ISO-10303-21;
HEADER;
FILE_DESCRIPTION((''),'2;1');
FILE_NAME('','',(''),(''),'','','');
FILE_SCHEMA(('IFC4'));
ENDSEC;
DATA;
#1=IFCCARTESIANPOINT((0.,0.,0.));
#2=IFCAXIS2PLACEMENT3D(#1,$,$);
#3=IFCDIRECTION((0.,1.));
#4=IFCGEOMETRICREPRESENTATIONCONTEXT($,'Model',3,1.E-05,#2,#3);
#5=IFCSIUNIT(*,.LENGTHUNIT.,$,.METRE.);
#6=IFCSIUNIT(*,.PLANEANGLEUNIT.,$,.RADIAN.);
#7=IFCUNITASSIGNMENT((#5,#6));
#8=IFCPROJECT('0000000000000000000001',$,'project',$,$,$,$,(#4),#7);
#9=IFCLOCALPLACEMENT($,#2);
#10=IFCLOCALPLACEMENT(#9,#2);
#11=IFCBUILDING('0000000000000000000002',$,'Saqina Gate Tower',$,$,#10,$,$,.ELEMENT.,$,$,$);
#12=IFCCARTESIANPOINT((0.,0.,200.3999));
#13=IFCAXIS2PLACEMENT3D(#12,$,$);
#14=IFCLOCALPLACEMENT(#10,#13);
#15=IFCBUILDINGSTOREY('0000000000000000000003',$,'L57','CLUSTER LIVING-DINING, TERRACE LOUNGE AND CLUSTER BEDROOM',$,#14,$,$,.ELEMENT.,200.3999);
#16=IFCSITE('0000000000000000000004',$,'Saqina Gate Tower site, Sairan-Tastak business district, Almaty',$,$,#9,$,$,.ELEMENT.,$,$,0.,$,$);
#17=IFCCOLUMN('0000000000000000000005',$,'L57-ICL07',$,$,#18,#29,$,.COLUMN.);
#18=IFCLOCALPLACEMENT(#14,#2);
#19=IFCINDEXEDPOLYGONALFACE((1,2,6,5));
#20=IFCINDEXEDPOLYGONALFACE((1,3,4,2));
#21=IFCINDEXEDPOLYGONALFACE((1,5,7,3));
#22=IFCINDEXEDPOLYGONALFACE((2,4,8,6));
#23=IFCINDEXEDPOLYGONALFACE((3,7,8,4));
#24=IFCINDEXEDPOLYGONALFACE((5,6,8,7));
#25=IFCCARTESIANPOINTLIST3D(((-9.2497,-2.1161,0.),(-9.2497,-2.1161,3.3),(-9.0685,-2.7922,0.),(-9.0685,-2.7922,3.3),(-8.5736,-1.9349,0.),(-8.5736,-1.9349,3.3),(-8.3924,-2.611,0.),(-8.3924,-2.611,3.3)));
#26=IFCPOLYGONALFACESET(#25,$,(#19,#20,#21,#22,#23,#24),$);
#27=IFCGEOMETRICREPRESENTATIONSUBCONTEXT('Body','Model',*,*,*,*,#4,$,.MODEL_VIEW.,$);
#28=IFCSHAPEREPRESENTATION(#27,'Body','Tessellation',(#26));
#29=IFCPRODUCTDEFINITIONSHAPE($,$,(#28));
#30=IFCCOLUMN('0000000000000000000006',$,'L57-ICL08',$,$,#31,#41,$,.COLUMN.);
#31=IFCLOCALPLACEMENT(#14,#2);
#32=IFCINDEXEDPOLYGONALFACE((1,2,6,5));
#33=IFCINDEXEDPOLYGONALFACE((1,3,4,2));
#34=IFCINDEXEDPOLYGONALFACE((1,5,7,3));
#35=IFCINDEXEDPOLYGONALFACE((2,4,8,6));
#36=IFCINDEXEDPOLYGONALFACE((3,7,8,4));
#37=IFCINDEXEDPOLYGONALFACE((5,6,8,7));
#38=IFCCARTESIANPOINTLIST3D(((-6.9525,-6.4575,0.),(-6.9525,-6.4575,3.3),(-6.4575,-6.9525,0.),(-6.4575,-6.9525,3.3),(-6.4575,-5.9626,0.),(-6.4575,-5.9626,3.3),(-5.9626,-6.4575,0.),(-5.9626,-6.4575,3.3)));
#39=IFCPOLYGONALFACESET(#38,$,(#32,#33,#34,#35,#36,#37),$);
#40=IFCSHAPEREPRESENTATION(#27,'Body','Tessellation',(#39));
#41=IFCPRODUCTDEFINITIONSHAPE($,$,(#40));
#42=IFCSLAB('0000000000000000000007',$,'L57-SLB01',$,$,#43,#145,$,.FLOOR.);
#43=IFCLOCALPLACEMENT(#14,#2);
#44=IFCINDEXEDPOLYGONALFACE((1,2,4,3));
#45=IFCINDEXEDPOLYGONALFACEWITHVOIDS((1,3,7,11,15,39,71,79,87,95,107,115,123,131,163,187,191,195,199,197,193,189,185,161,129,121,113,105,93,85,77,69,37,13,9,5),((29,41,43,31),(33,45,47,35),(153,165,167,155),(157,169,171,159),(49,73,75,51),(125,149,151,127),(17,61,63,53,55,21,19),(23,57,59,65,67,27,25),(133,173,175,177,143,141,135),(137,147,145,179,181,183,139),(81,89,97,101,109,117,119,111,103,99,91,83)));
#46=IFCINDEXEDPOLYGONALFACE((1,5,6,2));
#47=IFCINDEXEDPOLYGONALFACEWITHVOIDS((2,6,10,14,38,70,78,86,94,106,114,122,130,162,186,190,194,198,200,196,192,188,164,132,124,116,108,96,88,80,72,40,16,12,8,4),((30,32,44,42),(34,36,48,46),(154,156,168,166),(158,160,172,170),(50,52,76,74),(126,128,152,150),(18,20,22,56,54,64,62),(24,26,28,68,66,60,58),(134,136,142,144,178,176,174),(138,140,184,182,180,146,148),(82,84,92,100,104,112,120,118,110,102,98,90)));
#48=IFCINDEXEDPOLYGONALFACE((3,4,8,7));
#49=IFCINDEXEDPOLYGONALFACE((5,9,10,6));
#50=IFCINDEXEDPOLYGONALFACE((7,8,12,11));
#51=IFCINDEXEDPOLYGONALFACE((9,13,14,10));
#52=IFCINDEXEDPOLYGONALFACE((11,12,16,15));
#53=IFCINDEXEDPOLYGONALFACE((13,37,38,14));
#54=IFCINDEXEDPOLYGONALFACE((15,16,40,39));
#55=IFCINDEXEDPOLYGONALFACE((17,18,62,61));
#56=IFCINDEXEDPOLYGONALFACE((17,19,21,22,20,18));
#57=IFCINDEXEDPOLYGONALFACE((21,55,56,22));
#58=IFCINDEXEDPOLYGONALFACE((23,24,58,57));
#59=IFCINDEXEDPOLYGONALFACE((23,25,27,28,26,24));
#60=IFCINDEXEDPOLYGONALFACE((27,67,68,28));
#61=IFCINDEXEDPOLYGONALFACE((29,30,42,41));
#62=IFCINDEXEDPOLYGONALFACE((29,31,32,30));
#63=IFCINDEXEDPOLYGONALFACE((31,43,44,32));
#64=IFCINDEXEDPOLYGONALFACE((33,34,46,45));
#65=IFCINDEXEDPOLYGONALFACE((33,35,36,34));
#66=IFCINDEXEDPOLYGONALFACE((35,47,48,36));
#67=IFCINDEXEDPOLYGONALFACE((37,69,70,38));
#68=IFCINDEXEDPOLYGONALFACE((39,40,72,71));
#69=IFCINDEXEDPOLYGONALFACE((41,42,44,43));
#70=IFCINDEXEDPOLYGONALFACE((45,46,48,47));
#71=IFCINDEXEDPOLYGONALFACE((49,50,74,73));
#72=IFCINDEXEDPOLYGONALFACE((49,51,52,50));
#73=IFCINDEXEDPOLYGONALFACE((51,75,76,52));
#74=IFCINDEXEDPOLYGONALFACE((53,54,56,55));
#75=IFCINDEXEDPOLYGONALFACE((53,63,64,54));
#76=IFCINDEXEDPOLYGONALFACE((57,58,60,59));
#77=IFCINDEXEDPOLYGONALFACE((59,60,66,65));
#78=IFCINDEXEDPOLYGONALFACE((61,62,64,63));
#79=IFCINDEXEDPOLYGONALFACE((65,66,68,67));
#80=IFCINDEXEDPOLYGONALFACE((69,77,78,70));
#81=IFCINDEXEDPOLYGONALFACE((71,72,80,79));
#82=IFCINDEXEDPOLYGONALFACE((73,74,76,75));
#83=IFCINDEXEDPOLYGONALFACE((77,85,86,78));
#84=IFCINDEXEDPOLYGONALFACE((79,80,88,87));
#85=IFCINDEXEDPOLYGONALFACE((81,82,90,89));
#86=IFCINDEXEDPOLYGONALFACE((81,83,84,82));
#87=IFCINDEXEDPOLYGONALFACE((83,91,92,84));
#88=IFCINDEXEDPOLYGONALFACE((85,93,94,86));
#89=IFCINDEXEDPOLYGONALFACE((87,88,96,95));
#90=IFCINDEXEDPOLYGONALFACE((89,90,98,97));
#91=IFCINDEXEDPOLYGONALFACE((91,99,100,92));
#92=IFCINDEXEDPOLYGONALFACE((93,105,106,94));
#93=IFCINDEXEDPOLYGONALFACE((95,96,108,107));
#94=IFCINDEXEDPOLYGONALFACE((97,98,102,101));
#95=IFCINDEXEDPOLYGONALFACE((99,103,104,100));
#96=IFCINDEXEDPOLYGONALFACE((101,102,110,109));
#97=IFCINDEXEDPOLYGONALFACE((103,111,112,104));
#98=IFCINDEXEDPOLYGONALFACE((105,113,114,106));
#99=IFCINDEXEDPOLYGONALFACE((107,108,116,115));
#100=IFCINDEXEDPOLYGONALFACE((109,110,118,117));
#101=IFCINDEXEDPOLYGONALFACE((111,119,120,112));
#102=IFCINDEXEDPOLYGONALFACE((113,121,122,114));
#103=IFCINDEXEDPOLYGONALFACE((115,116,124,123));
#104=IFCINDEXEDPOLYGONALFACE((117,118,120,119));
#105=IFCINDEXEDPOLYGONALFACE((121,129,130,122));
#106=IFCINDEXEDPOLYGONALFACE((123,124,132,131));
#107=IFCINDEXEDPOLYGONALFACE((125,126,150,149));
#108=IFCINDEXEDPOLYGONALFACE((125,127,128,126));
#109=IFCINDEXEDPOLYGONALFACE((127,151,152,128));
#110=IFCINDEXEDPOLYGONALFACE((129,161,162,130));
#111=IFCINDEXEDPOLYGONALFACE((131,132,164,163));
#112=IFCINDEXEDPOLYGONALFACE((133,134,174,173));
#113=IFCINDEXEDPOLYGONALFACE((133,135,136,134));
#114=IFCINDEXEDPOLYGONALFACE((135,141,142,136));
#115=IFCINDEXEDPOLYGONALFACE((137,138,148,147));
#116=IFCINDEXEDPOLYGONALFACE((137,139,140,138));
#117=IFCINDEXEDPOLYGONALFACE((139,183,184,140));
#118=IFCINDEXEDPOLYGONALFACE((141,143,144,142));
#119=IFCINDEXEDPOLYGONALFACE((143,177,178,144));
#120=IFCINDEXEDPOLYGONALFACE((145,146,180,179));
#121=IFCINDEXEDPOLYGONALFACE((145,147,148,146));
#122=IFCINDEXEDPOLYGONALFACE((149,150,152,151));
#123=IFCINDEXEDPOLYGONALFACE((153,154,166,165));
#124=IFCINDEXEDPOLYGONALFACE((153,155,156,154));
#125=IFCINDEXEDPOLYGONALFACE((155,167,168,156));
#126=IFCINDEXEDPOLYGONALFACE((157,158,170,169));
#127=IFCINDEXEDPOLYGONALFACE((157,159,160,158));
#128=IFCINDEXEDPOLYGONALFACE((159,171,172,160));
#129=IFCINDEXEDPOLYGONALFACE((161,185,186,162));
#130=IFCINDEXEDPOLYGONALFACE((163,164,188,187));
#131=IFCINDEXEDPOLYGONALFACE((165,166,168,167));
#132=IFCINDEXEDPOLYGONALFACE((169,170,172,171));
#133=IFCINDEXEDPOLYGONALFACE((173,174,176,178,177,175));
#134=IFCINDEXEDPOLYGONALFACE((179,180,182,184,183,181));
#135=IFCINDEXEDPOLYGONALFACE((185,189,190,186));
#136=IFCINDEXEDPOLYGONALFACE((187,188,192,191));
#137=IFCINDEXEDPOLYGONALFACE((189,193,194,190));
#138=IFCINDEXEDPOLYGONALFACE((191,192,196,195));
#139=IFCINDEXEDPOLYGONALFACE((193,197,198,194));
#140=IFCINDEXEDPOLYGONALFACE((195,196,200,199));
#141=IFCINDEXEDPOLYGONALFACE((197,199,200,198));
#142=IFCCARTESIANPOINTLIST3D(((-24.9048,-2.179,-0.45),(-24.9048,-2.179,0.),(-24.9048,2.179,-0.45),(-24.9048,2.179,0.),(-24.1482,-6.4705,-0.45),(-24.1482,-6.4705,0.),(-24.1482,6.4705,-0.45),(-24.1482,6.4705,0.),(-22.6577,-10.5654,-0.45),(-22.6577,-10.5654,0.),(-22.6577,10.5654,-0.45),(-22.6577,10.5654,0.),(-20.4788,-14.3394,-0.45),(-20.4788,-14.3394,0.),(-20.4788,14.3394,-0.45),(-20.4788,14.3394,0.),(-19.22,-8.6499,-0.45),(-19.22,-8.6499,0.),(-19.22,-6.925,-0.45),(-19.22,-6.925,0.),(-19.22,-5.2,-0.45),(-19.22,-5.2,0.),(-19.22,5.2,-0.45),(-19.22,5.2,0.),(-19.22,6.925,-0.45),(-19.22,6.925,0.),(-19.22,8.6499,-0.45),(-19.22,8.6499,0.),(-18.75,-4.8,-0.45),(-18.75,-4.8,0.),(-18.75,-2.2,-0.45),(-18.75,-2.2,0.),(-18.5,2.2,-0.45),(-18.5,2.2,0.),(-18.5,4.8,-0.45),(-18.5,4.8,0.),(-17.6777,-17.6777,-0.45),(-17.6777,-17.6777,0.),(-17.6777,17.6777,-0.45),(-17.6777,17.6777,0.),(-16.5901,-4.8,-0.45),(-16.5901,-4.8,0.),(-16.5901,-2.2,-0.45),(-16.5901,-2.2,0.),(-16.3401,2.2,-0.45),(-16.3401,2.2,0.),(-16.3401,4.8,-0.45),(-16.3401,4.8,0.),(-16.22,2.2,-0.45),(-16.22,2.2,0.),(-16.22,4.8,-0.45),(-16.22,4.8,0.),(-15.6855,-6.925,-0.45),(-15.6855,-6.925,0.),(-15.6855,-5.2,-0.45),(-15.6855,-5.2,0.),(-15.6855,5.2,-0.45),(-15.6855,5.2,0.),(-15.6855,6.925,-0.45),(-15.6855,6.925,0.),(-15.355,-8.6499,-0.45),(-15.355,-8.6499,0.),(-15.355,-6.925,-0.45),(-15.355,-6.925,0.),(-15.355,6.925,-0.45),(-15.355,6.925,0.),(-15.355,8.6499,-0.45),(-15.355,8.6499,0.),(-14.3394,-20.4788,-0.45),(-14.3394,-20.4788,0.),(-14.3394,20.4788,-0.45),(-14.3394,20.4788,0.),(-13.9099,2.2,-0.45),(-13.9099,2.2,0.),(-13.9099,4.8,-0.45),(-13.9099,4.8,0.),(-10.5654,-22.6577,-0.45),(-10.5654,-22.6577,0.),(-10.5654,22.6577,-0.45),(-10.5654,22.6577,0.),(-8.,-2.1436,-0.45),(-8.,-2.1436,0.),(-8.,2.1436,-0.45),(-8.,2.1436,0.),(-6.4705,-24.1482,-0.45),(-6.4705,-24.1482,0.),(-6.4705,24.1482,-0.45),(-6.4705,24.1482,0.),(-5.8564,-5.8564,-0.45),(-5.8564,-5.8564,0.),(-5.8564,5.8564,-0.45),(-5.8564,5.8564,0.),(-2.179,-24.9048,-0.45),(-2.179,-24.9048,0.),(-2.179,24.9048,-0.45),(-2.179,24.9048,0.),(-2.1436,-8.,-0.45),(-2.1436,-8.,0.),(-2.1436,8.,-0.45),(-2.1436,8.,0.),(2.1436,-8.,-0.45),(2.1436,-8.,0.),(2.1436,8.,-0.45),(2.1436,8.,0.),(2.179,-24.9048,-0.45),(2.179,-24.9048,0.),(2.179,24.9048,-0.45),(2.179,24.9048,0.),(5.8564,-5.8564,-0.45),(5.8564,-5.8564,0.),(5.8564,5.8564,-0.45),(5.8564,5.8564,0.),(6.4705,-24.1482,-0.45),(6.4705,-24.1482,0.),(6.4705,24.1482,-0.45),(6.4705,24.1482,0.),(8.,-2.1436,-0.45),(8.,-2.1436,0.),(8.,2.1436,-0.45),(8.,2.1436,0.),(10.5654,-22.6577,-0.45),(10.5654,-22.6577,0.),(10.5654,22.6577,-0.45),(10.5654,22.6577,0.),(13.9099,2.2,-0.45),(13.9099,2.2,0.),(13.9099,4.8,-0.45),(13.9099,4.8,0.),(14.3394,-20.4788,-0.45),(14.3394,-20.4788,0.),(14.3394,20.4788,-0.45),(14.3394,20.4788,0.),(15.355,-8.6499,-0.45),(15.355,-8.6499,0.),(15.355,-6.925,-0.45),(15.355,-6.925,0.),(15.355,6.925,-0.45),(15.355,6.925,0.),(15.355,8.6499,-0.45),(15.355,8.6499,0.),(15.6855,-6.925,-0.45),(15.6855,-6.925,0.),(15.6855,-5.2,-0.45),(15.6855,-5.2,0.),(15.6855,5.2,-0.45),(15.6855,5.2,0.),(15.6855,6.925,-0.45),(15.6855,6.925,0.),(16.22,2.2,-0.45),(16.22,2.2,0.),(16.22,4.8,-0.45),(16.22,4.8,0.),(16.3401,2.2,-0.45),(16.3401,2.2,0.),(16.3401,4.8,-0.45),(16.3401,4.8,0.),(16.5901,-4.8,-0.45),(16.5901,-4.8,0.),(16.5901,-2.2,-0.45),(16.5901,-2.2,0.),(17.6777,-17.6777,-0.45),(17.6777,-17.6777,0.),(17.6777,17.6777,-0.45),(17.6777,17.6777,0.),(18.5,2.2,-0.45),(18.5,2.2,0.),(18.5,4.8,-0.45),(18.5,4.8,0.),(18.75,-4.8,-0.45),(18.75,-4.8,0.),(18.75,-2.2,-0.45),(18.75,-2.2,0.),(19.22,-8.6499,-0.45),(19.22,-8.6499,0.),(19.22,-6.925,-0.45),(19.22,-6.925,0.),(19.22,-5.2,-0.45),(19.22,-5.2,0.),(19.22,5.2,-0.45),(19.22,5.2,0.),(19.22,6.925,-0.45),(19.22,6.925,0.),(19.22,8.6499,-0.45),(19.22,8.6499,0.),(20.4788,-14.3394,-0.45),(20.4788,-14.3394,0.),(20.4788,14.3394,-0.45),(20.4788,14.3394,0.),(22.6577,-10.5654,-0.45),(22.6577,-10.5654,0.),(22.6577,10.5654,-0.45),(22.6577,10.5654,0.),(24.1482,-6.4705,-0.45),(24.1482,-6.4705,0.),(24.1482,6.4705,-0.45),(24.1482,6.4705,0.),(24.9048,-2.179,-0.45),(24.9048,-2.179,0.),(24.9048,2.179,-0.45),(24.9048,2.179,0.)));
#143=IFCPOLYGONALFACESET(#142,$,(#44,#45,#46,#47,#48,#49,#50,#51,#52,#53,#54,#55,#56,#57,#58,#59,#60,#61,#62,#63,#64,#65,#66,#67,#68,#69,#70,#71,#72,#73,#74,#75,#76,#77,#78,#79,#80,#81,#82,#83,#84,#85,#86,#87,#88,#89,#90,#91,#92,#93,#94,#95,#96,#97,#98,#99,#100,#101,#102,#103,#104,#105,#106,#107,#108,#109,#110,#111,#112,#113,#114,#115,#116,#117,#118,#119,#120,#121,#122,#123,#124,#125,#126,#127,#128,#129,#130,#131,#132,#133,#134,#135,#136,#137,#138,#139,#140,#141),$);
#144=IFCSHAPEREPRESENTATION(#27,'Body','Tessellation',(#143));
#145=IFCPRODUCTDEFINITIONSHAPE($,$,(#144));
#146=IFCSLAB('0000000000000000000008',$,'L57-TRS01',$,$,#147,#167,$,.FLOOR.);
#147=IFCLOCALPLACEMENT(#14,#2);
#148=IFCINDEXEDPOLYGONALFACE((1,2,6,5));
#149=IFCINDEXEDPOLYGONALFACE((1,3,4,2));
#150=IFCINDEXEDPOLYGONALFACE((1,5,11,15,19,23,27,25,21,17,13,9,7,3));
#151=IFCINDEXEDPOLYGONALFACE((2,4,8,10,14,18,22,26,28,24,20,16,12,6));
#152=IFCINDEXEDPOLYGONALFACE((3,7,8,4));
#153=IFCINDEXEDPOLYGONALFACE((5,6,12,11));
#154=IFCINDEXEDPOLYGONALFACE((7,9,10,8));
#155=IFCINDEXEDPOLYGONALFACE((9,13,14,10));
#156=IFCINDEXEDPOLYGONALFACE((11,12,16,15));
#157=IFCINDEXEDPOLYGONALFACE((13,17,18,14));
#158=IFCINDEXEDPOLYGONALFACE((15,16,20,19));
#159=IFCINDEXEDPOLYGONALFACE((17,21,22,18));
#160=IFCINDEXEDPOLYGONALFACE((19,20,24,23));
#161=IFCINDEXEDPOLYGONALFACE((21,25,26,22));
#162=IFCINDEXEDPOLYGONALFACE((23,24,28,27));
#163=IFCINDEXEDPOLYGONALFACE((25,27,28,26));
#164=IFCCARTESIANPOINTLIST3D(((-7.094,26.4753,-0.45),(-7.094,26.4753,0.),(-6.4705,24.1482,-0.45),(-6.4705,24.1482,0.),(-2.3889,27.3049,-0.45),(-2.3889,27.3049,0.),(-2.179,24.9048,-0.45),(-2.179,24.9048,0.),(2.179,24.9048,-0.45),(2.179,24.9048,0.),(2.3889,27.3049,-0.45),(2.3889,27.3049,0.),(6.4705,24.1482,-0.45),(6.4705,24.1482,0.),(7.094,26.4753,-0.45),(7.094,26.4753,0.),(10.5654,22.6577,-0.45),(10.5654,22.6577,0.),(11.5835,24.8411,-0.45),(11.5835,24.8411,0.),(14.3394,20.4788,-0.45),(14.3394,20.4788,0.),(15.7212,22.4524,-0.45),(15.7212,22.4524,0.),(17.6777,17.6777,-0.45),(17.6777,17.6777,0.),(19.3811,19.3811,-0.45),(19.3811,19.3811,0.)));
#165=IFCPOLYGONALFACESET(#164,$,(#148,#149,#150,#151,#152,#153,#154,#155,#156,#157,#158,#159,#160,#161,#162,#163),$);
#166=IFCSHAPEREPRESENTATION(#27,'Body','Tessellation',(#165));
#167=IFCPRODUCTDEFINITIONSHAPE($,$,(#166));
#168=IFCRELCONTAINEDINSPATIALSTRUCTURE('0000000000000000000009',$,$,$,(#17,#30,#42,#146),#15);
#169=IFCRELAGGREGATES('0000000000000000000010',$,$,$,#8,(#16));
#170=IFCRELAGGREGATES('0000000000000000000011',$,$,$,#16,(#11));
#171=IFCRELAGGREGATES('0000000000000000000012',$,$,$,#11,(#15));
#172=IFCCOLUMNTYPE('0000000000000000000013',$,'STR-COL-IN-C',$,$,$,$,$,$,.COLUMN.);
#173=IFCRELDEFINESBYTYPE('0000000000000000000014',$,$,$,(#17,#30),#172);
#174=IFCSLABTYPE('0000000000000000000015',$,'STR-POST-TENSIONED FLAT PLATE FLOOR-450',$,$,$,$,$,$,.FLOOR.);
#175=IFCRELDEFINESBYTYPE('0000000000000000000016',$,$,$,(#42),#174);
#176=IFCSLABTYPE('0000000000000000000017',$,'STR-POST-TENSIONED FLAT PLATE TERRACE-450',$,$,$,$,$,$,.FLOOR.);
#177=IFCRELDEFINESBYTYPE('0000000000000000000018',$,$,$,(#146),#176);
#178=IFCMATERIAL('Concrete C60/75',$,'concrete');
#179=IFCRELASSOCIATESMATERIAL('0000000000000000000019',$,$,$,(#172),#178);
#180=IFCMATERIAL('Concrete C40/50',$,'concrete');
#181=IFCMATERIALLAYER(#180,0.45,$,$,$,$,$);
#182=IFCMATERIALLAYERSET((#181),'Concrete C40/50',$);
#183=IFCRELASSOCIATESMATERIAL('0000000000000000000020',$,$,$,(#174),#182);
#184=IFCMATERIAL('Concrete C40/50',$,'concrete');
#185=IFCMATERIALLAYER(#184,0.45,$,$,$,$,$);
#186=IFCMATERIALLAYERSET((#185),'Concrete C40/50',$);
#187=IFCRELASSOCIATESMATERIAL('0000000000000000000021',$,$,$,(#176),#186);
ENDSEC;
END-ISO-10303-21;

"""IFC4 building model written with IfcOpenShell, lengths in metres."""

from ifc_helpers import new_model, si_unit, direction, frame, origin, origin_2d, place, context, subcontext, project, spatial, polyline, rectangle, outline, extrude, material, layer, layer_set, material_profile, profile_set, type_object, element, save


model = new_model("IFC4")

# Units and contexts
model_context = context("Model", 3, precision=1e-05, world=origin(), true_north=direction((0.0, 1.0)))
body_context = subcontext(model_context, "Body", "Model", "MODEL_VIEW")
ifc_project = project(units=[si_unit("LENGTHUNIT", "METRE"), si_unit("PLANEANGLEUNIT", "RADIAN")], contexts=[model_context])

# Site, building, storey
site_placement = place(None, origin())
site = spatial("IfcSite", under=ifc_project, at=site_placement, Name="Saqina Gate Tower site, Sairan-Tastak business district, Almaty", CompositionType="ELEMENT", RefElevation=0.0)
building_placement = place(site_placement, origin())
building = spatial("IfcBuilding", under=site, at=building_placement, Name="Saqina Gate Tower", CompositionType="ELEMENT")
storey_placement = place(building_placement, frame((0.0, 0.0, 200.3999)))
storey = spatial("IfcBuildingStorey", under=building, at=storey_placement, Name="L57", Description="CLUSTER LIVING-DINING, TERRACE LOUNGE AND CLUSTER BEDROOM", CompositionType="ELEMENT", Elevation=200.3999)

# Columns
ifc_material_1 = material(Name="Concrete C60/75", Category="concrete")
ifc_material_profile = material_profile(ifc_material_1, rectangle(XDim=0.7, YDim=0.7, at=origin_2d()), Name="RC 700x700")
ifc_profile_set = profile_set([ifc_material_profile], Name="Concrete C60/75")
column_type = type_object("IfcColumnType", Name="STR-COL-IN-C", PredefinedType="COLUMN", material=ifc_profile_set)
for number, where, z_axis, x_axis, name in (
    (1, (-8.821, -2.3635, 0.0), (0.0, 0.0, 1.0), (-0.965926, -0.258819, 0.0), "L57-ICL07"),
    (2, (-6.4575, -6.4575, 0.0), (0.0, 0.0, 1.0), (-0.707107, -0.707107, 0.0), "L57-ICL08"),
):
    element("IfcColumn", number, at=place(storey_placement, frame(where, z_axis=z_axis, x_axis=x_axis)), inside=storey, type_object=column_type, Name=name, PredefinedType="COLUMN", context=body_context, shape_type="SweptSolid", body=[
        extrude(rectangle(XDim=0.7, YDim=0.7, at=origin_2d()), origin(), (0.0, 0.0, 1.0), 3.3),
    ])

# Slabs
ifc_material_2 = material(Name="Concrete C40/50", Category="concrete")
ifc_layer_1 = layer(ifc_material_2, 0.45)
ifc_layer_set_1 = layer_set([ifc_layer_1], Name="Concrete C40/50")
slab_type_1 = type_object("IfcSlabType", Name="STR-POST-TENSIONED FLAT PLATE FLOOR-450", PredefinedType="FLOOR", material=ifc_layer_set_1)
slab_1_placement = place(storey_placement, frame((0.0, 0.0, -0.45)))
element("IfcSlab", 3, at=slab_1_placement, inside=storey, type_object=slab_type_1, Name="L57-SLB01", PredefinedType="FLOOR", context=body_context, shape_type="SweptSolid", body=[
    extrude(outline(polyline([(24.1482, -6.4705), (24.9048, -2.179), (24.9048, 2.179), (24.1482, 6.4705), (22.6577, 10.5654), (20.4788, 14.3394), (17.6777, 17.6777), (14.3394, 20.4788), (10.5654, 22.6577), (6.4705, 24.1482), (2.179, 24.9048), (-2.179, 24.9048), (-6.4705, 24.1482), (-10.5654, 22.6577), (-14.3394, 20.4788), (-17.6777, 17.6777), (-20.4788, 14.3394), (-22.6577, 10.5654), (-24.1482, 6.4705), (-24.9048, 2.179), (-24.9048, -2.179), (-24.1482, -6.4705), (-22.6577, -10.5654), (-20.4788, -14.3394), (-17.6777, -17.6777), (-14.3394, -20.4788), (-10.5654, -22.6577), (-6.4705, -24.1482), (-2.179, -24.9048), (2.179, -24.9048), (6.4705, -24.1482), (10.5654, -22.6577), (14.3394, -20.4788), (17.6777, -17.6777), (20.4788, -14.3394), (22.6577, -10.5654), (24.1482, -6.4705)]), holes=[polyline([(2.1436, 8.0), (5.8564, 5.8564), (8.0, 2.1436), (8.0, -2.1436), (5.8564, -5.8564), (2.1436, -8.0), (-2.1436, -8.0), (-5.8564, -5.8564), (-8.0, -2.1436), (-8.0, 2.1436), (-5.8564, 5.8564), (-2.1436, 8.0), (2.1436, 8.0)]), polyline([(-15.355, -8.6499), (-19.22, -8.6499), (-19.22, -6.925), (-19.22, -5.2), (-15.6855, -5.2), (-15.6855, -6.925), (-15.355, -6.925), (-15.355, -8.6499)]), polyline([(-16.5901, -2.2), (-16.5901, -4.8), (-18.75, -4.8), (-18.75, -2.2), (-16.5901, -2.2)]), polyline([(-16.3401, 4.8), (-16.3401, 2.2), (-18.5, 2.2), (-18.5, 4.8), (-16.3401, 4.8)]), polyline([(-13.9099, 4.8), (-13.9099, 2.2), (-16.22, 2.2), (-16.22, 4.8), (-13.9099, 4.8)]), polyline([(-19.22, 6.925), (-19.22, 8.6499), (-15.355, 8.6499), (-15.355, 6.925), (-15.6855, 6.925), (-15.6855, 5.2), (-19.22, 5.2), (-19.22, 6.925)]), polyline([(15.355, -8.6499), (15.355, -6.925), (15.6855, -6.925), (15.6855, -5.2), (19.22, -5.2), (19.22, -6.925), (19.22, -8.6499), (15.355, -8.6499)]), polyline([(18.75, -2.2), (18.75, -4.8), (16.5901, -4.8), (16.5901, -2.2), (18.75, -2.2)]), polyline([(16.22, 4.8), (16.22, 2.2), (13.9099, 2.2), (13.9099, 4.8), (16.22, 4.8)]), polyline([(18.5, 4.8), (18.5, 2.2), (16.3401, 2.2), (16.3401, 4.8), (18.5, 4.8)]), polyline([(15.6855, 6.925), (15.355, 6.925), (15.355, 8.6499), (19.22, 8.6499), (19.22, 6.925), (19.22, 5.2), (15.6855, 5.2), (15.6855, 6.925)])]), origin(), (0.0, 0.0, 1.0), 0.45),
])
ifc_material_3 = material(Name="Concrete C40/50", Category="concrete")
ifc_layer_2 = layer(ifc_material_3, 0.45)
ifc_layer_set_2 = layer_set([ifc_layer_2], Name="Concrete C40/50")
slab_type_2 = type_object("IfcSlabType", Name="STR-POST-TENSIONED FLAT PLATE TERRACE-450", PredefinedType="FLOOR", material=ifc_layer_set_2)
slab_2_placement = place(storey_placement, frame((0.0, 0.0, -0.45)))
element("IfcSlab", 4, at=slab_2_placement, inside=storey, type_object=slab_type_2, Name="L57-TRS01", PredefinedType="FLOOR", context=body_context, shape_type="SweptSolid", body=[
    extrude(outline(polyline([(17.6777, 17.6777), (14.3394, 20.4788), (10.5654, 22.6577), (6.4705, 24.1482), (2.179, 24.9048), (-2.179, 24.9048), (-6.4705, 24.1482), (-7.094, 26.4753), (-2.3889, 27.3049), (2.3889, 27.3049), (7.094, 26.4753), (11.5835, 24.8411), (15.7212, 22.4524), (19.3811, 19.3811), (17.6777, 17.6777)])), origin(), (0.0, 0.0, 1.0), 0.45),
])

save(model, "model.ifc")
